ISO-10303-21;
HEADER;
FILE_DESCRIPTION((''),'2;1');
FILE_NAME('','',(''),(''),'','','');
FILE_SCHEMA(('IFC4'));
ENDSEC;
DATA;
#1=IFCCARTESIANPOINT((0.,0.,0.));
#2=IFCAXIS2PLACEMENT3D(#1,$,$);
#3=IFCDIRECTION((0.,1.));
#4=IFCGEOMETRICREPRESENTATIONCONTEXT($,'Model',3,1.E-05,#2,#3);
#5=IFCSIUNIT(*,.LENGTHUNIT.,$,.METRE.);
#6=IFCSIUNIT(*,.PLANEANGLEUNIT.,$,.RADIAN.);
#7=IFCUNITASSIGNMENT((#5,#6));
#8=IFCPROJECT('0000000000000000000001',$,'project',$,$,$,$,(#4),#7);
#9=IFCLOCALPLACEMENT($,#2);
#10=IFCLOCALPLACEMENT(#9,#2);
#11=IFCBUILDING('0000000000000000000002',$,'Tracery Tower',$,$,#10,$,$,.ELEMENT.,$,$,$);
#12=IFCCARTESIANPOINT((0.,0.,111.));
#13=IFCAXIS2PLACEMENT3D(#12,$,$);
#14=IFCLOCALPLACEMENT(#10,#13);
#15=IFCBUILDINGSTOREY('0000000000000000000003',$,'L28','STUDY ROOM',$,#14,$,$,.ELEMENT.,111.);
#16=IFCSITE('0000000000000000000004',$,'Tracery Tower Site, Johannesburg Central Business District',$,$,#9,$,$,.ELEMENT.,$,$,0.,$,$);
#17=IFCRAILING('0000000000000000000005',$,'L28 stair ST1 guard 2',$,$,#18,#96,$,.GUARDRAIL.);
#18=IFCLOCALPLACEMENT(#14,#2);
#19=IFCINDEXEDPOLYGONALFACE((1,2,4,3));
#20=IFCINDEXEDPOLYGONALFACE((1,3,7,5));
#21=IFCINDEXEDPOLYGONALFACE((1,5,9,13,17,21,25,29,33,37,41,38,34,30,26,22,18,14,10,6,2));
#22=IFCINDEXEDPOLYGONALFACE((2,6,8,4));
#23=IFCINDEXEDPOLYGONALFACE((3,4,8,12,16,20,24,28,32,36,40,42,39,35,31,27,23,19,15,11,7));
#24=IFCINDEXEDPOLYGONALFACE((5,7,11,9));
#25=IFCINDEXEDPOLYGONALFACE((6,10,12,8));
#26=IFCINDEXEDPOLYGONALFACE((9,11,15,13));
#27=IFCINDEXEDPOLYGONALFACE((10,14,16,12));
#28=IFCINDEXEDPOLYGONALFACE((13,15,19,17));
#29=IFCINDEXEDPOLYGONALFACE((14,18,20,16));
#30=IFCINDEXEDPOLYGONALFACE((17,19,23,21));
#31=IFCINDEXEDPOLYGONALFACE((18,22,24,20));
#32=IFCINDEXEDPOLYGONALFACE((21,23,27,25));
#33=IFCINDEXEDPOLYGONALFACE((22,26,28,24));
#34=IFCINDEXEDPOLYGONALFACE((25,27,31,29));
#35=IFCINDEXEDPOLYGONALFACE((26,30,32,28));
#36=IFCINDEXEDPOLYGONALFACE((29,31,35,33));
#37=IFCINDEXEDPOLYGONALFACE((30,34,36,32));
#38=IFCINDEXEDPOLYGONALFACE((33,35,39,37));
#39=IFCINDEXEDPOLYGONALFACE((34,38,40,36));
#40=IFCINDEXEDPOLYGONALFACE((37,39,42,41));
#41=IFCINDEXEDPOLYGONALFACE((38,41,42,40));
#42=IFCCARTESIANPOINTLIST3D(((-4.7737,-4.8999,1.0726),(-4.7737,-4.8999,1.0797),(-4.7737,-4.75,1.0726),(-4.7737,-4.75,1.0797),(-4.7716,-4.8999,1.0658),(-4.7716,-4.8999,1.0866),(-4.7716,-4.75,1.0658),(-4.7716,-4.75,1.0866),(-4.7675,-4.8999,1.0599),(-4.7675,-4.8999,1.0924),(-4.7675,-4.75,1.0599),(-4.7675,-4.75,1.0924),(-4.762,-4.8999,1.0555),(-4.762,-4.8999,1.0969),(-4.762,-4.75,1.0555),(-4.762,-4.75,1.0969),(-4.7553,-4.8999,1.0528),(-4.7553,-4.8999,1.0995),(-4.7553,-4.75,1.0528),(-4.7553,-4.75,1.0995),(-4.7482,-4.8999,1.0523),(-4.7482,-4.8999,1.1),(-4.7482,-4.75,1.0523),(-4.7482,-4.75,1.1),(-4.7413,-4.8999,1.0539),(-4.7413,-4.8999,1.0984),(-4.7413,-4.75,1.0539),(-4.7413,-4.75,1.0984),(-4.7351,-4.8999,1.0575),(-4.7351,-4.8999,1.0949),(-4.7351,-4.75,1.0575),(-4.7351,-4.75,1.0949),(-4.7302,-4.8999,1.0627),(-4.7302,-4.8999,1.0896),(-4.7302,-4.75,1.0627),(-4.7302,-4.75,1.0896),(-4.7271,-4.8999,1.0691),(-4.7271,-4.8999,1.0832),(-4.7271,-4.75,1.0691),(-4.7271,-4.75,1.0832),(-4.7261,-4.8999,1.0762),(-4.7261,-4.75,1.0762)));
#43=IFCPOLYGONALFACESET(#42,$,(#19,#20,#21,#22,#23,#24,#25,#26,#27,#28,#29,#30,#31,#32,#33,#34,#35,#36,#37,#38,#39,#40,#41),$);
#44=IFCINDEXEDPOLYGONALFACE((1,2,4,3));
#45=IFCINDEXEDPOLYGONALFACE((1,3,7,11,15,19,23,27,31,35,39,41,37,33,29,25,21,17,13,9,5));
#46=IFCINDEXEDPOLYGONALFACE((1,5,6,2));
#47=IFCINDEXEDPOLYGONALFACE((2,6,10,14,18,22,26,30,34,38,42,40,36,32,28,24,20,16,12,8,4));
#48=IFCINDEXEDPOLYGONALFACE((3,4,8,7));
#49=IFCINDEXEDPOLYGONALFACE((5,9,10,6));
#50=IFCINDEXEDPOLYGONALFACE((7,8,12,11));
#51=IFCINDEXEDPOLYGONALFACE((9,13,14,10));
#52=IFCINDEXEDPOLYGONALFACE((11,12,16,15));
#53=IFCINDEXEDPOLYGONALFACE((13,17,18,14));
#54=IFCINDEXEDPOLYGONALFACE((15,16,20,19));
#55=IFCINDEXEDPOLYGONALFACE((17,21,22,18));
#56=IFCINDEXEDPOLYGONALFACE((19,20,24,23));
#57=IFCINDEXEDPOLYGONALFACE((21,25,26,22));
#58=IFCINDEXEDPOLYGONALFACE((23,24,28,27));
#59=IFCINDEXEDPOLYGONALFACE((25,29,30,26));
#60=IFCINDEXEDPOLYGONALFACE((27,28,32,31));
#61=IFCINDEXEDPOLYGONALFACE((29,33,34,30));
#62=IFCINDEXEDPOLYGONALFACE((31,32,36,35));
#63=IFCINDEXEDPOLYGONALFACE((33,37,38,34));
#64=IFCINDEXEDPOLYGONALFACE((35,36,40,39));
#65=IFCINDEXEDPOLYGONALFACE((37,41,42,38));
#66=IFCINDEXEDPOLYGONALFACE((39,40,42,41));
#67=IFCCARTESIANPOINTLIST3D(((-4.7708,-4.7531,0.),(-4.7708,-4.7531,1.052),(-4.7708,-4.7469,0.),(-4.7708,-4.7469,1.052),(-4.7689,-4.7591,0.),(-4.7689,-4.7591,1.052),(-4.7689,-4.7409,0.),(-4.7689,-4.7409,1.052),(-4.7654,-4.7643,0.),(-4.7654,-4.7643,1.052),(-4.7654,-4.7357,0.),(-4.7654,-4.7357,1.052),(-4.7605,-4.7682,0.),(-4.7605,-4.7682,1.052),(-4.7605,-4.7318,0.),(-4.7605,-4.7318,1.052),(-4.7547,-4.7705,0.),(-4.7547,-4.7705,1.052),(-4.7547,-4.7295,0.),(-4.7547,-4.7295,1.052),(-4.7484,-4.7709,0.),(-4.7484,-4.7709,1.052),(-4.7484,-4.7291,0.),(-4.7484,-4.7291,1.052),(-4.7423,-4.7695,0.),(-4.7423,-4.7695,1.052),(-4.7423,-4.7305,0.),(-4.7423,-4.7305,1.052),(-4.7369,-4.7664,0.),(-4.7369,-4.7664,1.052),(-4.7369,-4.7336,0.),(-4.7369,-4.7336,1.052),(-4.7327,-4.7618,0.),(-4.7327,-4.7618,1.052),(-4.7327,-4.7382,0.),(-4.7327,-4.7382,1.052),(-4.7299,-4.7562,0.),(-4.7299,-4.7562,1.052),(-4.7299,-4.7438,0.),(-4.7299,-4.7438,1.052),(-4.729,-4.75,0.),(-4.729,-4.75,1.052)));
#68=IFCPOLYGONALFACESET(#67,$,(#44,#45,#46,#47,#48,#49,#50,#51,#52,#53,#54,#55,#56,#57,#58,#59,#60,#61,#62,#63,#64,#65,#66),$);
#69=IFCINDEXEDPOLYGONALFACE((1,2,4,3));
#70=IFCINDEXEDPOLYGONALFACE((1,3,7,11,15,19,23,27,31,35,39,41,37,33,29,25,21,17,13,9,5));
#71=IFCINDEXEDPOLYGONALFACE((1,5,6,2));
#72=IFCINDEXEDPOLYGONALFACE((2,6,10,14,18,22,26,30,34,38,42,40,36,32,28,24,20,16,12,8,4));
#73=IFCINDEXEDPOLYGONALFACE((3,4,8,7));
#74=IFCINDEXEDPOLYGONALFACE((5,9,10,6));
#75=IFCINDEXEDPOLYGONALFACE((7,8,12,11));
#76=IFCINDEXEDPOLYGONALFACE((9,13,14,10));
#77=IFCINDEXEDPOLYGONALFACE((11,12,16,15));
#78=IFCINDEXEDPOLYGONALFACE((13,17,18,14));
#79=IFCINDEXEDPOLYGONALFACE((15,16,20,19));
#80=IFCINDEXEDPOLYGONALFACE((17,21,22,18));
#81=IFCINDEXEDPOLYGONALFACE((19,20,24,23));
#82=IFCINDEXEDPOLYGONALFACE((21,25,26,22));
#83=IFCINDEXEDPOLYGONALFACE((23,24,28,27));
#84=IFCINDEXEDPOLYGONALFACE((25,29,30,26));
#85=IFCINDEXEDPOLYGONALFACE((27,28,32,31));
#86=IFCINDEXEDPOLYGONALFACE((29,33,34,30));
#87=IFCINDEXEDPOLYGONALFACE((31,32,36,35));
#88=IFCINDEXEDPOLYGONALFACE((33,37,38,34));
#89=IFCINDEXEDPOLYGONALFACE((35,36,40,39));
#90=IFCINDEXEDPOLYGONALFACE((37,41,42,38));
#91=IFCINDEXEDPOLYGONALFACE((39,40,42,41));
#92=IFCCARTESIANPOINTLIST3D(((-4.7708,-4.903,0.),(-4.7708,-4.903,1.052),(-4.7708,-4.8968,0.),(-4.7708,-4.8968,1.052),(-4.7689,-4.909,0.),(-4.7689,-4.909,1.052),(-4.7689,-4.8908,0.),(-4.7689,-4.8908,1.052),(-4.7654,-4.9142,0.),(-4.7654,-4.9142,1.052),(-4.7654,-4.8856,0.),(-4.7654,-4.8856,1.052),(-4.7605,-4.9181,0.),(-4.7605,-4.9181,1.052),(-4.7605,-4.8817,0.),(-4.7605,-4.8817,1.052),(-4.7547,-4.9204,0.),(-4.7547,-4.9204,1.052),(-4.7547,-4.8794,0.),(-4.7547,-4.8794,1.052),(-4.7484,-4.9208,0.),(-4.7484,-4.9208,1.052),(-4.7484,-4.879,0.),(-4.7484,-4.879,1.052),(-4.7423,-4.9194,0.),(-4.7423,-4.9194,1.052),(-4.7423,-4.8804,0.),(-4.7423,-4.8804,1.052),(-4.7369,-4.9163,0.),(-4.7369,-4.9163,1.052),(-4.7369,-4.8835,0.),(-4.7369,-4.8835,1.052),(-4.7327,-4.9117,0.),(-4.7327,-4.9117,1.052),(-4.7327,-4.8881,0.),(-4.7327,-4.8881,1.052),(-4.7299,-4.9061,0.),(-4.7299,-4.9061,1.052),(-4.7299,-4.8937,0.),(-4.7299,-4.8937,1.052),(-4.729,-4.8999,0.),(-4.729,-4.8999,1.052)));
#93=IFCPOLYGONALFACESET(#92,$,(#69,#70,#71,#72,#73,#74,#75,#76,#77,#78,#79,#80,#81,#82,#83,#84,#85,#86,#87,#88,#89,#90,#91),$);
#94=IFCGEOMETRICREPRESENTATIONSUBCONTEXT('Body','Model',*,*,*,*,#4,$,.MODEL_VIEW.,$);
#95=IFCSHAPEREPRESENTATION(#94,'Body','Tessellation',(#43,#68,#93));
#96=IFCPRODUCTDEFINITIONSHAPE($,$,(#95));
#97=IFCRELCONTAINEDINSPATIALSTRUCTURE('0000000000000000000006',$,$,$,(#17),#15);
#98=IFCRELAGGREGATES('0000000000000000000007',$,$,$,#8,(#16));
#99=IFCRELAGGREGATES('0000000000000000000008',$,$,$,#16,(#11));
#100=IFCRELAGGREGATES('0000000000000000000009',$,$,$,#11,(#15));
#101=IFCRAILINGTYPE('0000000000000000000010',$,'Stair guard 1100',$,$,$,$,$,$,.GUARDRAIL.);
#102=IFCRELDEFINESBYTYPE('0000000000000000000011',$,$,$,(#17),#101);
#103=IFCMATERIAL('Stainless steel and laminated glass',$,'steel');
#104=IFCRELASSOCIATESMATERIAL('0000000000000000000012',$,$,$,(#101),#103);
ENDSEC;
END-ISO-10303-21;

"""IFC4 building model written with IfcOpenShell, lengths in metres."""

from ifc_helpers import new_model, si_unit, direction, frame, origin, origin_2d, place, context, subcontext, project, spatial, circle, extrude, material, type_object, element, save


model = new_model("IFC4")

# Units and contexts
model_context = context("Model", 3, precision=1e-05, world=origin(), true_north=direction((0.0, 1.0)))
body_context = subcontext(model_context, "Body", "Model", "MODEL_VIEW")
ifc_project = project(units=[si_unit("LENGTHUNIT", "METRE"), si_unit("PLANEANGLEUNIT", "RADIAN")], contexts=[model_context])

# Site, building, storey
site_placement = place(None, origin())
site = spatial("IfcSite", under=ifc_project, at=site_placement, Name="Tracery Tower Site, Johannesburg Central Business District", CompositionType="ELEMENT", RefElevation=0.0)
building_placement = place(site_placement, origin())
building = spatial("IfcBuilding", under=site, at=building_placement, Name="Tracery Tower", CompositionType="ELEMENT")
storey_placement = place(building_placement, frame((0.0, 0.0, 111.0)))
storey = spatial("IfcBuildingStorey", under=building, at=storey_placement, Name="L28", Description="STUDY ROOM", CompositionType="ELEMENT", Elevation=111.0)

# Railing
ifc_material_1 = material(Name="Stainless steel and laminated glass", Category="steel")
railing_type_1 = type_object("IfcRailingType", Name="Stair guard 1100", PredefinedType="GUARDRAIL", material=ifc_material_1)
railing_1_placement = place(storey_placement, frame((-4.75, -4.75, 0.0)))
element("IfcRailing", 1, at=railing_1_placement, inside=storey, type_object=railing_type_1, Name="L28 stair ST1 guard 2", PredefinedType="GUARDRAIL", context=body_context, shape_type="SweptSolid", body=[
    extrude(circle(Radius=0.0239, at=origin_2d()), frame((0.0, 0.0, 1.0762), z_axis=(0.0, -1.0, 0.0), x_axis=(1.0, 0.0, 0.0)), (0.0, 0.0, 1.0), 0.1499),
    extrude(circle(Radius=0.021, at=origin_2d()), origin(), (0.0, 0.0, 1.0), 1.052),
    extrude(circle(Radius=0.021, at=origin_2d()), frame((0.0, -0.1499, 0.0)), (0.0, 0.0, 1.0), 1.052),
])

save(model, "model.ifc")
